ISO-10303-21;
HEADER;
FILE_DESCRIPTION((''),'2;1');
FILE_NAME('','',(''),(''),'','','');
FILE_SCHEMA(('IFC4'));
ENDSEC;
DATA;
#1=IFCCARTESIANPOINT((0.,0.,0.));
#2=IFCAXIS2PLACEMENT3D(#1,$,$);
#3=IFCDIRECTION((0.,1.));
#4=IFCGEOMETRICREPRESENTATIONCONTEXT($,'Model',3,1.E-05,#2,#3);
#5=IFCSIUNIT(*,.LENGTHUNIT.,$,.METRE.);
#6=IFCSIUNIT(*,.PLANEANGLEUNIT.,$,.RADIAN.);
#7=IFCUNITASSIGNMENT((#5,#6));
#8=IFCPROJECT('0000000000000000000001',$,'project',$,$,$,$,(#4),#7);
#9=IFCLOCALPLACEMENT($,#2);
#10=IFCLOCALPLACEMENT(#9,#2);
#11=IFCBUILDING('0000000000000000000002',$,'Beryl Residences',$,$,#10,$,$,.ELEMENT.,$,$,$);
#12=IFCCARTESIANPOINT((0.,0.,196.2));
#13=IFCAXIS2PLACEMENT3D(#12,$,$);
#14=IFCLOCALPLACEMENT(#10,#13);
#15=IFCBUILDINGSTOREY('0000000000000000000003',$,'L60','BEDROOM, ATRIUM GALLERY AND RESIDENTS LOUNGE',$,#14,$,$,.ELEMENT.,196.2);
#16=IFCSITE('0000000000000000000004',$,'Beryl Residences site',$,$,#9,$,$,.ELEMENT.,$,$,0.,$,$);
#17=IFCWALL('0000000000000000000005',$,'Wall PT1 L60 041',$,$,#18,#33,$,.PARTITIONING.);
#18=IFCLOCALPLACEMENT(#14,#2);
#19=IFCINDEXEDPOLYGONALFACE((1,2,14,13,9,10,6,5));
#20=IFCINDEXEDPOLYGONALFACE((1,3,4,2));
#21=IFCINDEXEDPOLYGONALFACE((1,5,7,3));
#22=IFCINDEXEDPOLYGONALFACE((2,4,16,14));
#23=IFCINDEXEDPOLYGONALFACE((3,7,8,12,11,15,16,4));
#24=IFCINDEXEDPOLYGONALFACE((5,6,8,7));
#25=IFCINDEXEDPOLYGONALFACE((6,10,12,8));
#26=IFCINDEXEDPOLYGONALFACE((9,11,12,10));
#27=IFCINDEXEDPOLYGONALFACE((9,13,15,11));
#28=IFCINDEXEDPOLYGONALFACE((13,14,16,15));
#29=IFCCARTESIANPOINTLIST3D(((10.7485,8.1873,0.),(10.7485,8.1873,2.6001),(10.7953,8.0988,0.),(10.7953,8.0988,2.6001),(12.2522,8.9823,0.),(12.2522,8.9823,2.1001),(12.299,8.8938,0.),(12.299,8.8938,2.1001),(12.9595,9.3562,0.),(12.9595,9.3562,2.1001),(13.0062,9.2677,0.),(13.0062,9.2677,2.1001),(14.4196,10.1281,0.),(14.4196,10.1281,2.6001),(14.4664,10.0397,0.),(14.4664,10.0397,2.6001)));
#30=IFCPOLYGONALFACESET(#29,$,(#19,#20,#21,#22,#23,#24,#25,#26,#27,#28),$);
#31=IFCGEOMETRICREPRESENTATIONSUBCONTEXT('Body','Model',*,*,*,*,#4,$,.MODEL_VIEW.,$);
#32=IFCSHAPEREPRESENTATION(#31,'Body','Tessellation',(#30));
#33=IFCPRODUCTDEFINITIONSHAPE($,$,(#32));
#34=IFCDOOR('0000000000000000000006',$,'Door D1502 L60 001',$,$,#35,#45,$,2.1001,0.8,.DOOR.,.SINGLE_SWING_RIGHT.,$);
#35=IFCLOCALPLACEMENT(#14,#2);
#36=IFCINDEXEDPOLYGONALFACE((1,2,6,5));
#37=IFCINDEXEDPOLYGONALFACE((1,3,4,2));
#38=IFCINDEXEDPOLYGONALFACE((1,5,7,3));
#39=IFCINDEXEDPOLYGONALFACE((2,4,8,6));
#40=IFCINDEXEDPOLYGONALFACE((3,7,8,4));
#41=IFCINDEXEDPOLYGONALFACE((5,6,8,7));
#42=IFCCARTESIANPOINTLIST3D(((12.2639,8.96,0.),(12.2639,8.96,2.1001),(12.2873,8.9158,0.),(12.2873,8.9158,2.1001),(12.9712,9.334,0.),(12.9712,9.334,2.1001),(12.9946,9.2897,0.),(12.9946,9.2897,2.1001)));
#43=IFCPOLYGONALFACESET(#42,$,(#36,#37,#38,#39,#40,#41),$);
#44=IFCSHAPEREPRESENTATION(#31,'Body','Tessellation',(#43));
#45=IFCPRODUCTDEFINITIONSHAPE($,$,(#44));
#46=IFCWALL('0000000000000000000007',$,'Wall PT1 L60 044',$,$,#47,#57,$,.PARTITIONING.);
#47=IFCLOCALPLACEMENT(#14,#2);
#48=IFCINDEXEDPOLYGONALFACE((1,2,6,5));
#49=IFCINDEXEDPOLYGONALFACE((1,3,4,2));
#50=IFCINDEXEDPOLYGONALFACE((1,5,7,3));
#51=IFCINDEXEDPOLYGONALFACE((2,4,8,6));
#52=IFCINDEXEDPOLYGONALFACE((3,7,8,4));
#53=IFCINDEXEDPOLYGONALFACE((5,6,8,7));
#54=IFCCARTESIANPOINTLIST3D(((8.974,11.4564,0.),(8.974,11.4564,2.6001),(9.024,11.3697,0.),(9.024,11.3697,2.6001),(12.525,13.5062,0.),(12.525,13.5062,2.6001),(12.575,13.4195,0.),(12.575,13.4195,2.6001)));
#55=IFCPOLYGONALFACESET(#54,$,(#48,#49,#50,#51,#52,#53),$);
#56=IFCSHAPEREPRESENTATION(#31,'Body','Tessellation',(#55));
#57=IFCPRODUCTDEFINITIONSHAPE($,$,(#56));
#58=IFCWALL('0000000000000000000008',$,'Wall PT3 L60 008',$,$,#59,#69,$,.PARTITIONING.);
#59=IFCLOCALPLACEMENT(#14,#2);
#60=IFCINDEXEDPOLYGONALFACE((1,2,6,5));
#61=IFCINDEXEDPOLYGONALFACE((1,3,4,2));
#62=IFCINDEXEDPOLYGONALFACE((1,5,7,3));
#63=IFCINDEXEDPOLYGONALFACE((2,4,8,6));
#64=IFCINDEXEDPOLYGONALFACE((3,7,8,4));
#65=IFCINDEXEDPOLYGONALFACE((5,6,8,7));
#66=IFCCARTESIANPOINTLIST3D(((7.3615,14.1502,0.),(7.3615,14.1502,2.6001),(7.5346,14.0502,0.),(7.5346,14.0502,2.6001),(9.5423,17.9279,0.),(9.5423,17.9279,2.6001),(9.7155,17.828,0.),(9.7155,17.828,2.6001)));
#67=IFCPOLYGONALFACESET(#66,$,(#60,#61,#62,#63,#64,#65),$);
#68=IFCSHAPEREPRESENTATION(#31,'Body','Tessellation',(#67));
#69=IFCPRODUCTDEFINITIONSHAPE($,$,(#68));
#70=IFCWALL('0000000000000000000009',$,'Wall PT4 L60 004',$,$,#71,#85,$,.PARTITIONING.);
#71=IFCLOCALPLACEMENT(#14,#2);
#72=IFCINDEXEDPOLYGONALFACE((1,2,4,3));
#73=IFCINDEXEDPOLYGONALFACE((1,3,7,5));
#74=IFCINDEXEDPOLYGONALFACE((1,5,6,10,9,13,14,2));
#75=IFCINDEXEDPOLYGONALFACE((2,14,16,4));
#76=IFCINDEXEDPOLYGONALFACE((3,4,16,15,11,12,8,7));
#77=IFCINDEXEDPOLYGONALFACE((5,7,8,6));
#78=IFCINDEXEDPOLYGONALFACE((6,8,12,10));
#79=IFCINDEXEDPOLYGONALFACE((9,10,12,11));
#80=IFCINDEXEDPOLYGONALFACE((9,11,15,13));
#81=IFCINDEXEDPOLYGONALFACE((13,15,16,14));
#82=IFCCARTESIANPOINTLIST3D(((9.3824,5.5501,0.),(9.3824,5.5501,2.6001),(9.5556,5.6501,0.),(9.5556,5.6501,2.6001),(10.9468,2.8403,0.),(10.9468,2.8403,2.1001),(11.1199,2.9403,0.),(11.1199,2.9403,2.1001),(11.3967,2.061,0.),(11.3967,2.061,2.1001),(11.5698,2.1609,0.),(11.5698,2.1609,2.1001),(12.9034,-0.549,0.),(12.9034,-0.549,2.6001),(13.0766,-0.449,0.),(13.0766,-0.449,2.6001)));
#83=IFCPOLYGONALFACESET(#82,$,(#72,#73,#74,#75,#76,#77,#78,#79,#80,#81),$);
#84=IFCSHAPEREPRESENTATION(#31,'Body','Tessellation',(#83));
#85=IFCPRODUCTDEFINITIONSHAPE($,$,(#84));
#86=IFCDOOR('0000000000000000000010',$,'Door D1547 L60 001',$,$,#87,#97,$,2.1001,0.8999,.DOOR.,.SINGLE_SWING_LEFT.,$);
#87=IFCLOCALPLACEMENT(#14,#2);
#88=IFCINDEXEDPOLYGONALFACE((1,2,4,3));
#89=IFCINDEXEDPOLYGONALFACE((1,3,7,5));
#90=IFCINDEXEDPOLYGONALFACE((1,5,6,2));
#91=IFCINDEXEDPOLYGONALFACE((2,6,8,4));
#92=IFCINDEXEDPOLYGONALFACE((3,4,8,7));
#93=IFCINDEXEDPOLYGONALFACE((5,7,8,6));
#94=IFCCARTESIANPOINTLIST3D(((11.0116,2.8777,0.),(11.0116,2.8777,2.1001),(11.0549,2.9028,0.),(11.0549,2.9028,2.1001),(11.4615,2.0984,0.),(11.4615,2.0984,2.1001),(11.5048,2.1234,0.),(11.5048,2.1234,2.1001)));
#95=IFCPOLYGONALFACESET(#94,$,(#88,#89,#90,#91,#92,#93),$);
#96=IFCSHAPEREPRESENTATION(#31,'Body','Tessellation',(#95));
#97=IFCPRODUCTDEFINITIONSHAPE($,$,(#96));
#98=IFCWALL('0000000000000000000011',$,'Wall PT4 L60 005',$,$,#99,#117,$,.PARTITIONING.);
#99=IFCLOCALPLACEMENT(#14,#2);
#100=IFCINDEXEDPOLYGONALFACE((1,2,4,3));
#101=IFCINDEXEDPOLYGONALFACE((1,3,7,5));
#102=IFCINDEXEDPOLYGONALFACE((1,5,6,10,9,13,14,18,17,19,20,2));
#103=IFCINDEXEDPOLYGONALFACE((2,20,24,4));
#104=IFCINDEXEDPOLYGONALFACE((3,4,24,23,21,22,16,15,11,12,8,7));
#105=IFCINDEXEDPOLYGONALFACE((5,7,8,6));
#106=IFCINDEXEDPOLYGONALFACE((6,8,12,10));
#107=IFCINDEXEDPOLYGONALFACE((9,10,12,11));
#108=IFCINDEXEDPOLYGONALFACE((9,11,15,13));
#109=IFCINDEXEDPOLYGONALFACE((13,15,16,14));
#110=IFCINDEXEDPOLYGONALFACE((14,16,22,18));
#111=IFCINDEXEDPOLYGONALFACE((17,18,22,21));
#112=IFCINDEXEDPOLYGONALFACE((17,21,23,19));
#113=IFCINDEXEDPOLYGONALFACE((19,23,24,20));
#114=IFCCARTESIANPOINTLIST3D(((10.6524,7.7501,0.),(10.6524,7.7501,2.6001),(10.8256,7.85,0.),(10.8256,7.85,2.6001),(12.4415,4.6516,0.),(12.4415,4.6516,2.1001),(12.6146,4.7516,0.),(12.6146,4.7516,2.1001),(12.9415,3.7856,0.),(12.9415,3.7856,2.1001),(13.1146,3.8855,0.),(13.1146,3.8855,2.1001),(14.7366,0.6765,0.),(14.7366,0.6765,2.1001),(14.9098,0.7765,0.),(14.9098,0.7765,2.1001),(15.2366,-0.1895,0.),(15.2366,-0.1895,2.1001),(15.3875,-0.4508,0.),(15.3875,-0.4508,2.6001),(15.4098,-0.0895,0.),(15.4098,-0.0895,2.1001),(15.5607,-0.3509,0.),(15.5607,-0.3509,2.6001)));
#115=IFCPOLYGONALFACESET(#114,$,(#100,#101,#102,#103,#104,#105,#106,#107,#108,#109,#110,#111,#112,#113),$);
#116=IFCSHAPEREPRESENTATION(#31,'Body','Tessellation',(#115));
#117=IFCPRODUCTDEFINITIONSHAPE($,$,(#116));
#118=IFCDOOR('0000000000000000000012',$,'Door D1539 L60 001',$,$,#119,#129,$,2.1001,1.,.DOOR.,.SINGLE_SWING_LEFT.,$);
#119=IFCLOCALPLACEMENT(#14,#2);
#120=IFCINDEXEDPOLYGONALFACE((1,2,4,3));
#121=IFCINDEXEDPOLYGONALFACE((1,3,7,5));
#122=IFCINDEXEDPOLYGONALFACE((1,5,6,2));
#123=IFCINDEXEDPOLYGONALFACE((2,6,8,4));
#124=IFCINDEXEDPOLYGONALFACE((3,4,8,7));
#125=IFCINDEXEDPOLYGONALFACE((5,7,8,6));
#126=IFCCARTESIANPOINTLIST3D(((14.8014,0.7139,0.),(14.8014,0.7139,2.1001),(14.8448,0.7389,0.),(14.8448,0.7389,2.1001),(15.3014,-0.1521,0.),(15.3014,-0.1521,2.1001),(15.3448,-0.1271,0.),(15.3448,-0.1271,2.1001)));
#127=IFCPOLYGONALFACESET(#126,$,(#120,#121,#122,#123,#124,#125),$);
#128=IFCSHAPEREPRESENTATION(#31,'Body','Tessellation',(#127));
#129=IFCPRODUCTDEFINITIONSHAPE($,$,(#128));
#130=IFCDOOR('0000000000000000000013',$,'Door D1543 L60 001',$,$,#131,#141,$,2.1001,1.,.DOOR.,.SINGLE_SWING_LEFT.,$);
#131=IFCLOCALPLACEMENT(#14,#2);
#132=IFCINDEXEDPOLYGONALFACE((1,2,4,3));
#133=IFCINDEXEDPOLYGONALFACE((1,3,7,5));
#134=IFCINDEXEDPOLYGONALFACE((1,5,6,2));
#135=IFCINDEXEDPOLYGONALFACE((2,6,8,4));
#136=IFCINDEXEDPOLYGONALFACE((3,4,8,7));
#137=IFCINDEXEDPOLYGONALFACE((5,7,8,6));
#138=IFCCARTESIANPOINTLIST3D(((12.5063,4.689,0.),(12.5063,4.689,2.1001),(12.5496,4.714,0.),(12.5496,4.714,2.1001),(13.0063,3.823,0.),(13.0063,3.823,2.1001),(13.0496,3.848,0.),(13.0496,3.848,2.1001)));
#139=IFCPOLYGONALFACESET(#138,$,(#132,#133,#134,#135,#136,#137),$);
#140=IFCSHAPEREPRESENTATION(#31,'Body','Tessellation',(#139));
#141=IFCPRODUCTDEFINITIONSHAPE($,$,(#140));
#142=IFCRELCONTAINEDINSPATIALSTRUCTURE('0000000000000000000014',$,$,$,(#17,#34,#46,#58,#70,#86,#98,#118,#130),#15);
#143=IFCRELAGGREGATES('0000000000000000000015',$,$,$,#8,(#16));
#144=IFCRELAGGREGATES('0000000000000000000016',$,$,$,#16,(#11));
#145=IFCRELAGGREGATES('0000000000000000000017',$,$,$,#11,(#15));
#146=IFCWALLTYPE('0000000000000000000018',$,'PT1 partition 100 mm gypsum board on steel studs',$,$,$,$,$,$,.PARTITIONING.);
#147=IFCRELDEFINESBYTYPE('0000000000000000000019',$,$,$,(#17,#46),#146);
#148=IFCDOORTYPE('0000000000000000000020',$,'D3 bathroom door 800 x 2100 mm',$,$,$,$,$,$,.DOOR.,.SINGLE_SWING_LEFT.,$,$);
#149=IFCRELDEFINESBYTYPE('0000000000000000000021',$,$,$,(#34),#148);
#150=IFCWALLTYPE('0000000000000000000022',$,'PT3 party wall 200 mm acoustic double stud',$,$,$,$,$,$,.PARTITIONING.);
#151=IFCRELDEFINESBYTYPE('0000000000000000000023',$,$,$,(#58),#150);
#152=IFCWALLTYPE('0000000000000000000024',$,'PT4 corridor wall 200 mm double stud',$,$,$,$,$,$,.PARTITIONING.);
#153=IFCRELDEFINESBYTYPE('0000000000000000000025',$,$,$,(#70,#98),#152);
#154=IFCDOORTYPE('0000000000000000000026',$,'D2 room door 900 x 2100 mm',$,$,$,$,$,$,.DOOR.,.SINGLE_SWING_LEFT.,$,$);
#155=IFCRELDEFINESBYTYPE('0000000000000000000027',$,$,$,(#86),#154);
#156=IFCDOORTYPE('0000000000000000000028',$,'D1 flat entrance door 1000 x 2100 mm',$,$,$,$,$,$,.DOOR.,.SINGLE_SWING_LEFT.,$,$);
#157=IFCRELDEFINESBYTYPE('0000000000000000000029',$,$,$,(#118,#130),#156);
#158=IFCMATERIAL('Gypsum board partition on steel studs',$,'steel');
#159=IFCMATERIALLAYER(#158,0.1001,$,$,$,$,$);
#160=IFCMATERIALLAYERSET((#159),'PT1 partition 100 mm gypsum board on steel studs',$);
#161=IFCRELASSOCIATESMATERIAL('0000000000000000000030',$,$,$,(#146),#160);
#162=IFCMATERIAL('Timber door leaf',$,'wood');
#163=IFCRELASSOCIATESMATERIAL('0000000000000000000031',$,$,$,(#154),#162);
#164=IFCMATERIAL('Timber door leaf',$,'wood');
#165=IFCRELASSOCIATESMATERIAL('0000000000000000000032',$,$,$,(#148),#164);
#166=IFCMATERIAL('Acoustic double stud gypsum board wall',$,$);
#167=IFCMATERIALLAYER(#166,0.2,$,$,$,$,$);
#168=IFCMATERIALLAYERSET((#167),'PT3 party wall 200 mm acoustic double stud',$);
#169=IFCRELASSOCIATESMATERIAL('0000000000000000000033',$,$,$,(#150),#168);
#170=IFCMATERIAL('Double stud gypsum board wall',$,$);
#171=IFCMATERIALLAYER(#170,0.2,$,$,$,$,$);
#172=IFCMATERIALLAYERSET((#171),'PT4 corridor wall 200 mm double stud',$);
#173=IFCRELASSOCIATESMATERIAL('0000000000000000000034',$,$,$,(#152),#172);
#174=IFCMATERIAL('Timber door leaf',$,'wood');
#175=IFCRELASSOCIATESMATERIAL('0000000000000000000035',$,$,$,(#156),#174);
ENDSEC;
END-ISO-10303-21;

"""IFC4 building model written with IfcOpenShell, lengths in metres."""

from ifc_helpers import new_model, si_unit, direction, frame, frame_2d, origin, place, context, subcontext, project, spatial, rectangle, extrude, material, layer, layer_set, type_object, element, fill, save


model = new_model("IFC4")

# Units and contexts
model_context = context("Model", 3, precision=1e-05, world=origin(), true_north=direction((0.0, 1.0)))
body_context = subcontext(model_context, "Body", "Model", "MODEL_VIEW")
ifc_project = project(units=[si_unit("LENGTHUNIT", "METRE"), si_unit("PLANEANGLEUNIT", "RADIAN")], contexts=[model_context])

# Site, building, storey
site_placement = place(None, origin())
site = spatial("IfcSite", under=ifc_project, at=site_placement, Name="Beryl Residences site", CompositionType="ELEMENT", RefElevation=0.0)
building_placement = place(site_placement, origin())
building = spatial("IfcBuilding", under=site, at=building_placement, Name="Beryl Residences", CompositionType="ELEMENT")
storey_placement = place(building_placement, frame((0.0, 0.0, 196.2)))
storey = spatial("IfcBuildingStorey", under=building, at=storey_placement, Name="L60", Description="BEDROOM, ATRIUM GALLERY AND RESIDENTS LOUNGE", CompositionType="ELEMENT", Elevation=196.2)

# Wall, opening, door
ifc_material_1 = material(Name="Gypsum board partition on steel studs", Category="steel")
ifc_layer_1 = layer(ifc_material_1, 0.1001)
ifc_layer_set_1 = layer_set([ifc_layer_1], Name="PT1 partition 100 mm gypsum board on steel studs")
wall_type_1 = type_object("IfcWallType", Name="PT1 partition 100 mm gypsum board on steel studs", PredefinedType="PARTITIONING", material=ifc_layer_set_1)
ifc_material_2 = material(Name="Timber door leaf", Category="wood")
door_type_1 = type_object("IfcDoorType", Name="D2 room door 900 x 2100 mm", OperationType="SINGLE_SWING_LEFT", PredefinedType="DOOR", material=ifc_material_2)
wall_1_placement = place(storey_placement, frame((10.772, 8.1431, 0.0), z_axis=(0.0, 0.0, 1.0), x_axis=(0.884049, 0.467393, 0.0)))
wall_1 = element("IfcWall", 1, at=wall_1_placement, inside=storey, type_object=wall_type_1, Name="Wall PT1 L60 041", PredefinedType="PARTITIONING", context=body_context, shape_type="SweptSolid", body=[
    extrude(rectangle(XDim=4.1526, YDim=0.1001, at=frame_2d((2.0762, 0.0))), origin(), (0.0, 0.0, 1.0), 2.6001),
])
opening_1_placement = place(wall_1_placement, frame((1.7009, 0.0, 0.0)))
opening_1 = element("IfcOpeningElement", 2, at=opening_1_placement, cuts=wall_1, PredefinedType="OPENING", context=body_context, shape_type="SweptSolid", body=[
    extrude(rectangle(XDim=0.8, YDim=2.1001, at=frame_2d((0.3999, 1.05))), frame((0.0, 0.0601, 0.0), z_axis=(0.0, -1.0, 0.0), x_axis=(1.0, 0.0, 0.0)), (0.0, 0.0, 1.0), 0.1201),
])
ifc_material_3 = material(Name="Timber door leaf", Category="wood")
door_type_2 = type_object("IfcDoorType", Name="D3 bathroom door 800 x 2100 mm", OperationType="SINGLE_SWING_LEFT", PredefinedType="DOOR", material=ifc_material_3)
door_1_placement = place(opening_1_placement, origin())
door_1 = element("IfcDoor", 3, at=door_1_placement, inside=storey, type_object=door_type_2, Name="Door D1502 L60 001", OperationType="SINGLE_SWING_RIGHT", OverallHeight=2.1001, OverallWidth=0.8, PredefinedType="DOOR", context=body_context, shape_type="SweptSolid", body=[
    extrude(rectangle(XDim=0.8, YDim=2.1001, at=frame_2d((0.3999, 1.05))), frame((0.0, 0.0249, 0.0), z_axis=(0.0, -1.0, 0.0), x_axis=(1.0, 0.0, 0.0)), (0.0, 0.0, 1.0), 0.05),
])
fill(opening_1, door_1)

# Walls
wall_2_placement = place(storey_placement, frame((8.999, 11.4131, 0.0), z_axis=(0.0, 0.0, 1.0), x_axis=(0.866066, 0.49993, 0.0)))
element("IfcWall", 4, at=wall_2_placement, inside=storey, type_object=wall_type_1, Name="Wall PT1 L60 044", PredefinedType="PARTITIONING", context=body_context, shape_type="SweptSolid", body=[
    extrude(rectangle(XDim=4.1001, YDim=0.1001, at=frame_2d((2.05, 0.0))), origin(), (0.0, 0.0, 1.0), 2.6001),
])
ifc_material_4 = material(Name="Acoustic double stud gypsum board wall")
ifc_layer_2 = layer(ifc_material_4, 0.2)
ifc_layer_set_2 = layer_set([ifc_layer_2], Name="PT3 party wall 200 mm acoustic double stud")
wall_type_2 = type_object("IfcWallType", Name="PT3 party wall 200 mm acoustic double stud", PredefinedType="PARTITIONING", material=ifc_layer_set_2)
wall_3_placement = place(storey_placement, frame((7.448, 14.1001, 0.0), z_axis=(0.0, 0.0, 1.0), x_axis=(0.499961, 0.866048, 0.0)))
element("IfcWall", 5, at=wall_3_placement, inside=storey, type_object=wall_type_2, Name="Wall PT3 L60 008", PredefinedType="PARTITIONING", context=body_context, shape_type="SweptSolid", body=[
    extrude(rectangle(XDim=4.3621, YDim=0.2, at=frame_2d((2.1812, 0.0))), origin(), (0.0, 0.0, 1.0), 2.6001),
])

# Wall, opening, door
ifc_material_5 = material(Name="Double stud gypsum board wall")
ifc_layer_3 = layer(ifc_material_5, 0.2)
ifc_layer_set_3 = layer_set([ifc_layer_3], Name="PT4 corridor wall 200 mm double stud")
wall_type_3 = type_object("IfcWallType", Name="PT4 corridor wall 200 mm double stud", PredefinedType="PARTITIONING", material=ifc_layer_set_3)
wall_4_placement = place(storey_placement, frame((9.469, 5.6001, 0.0), z_axis=(0.0, 0.0, 1.0), x_axis=(0.499965, -0.866046, 0.0)))
wall_4 = element("IfcWall", 6, at=wall_4_placement, inside=storey, type_object=wall_type_3, Name="Wall PT4 L60 004", PredefinedType="PARTITIONING", context=body_context, shape_type="SweptSolid", body=[
    extrude(rectangle(XDim=7.0425, YDim=0.2, at=frame_2d((3.5212, 0.0))), origin(), (0.0, 0.0, 1.0), 2.6001),
])
opening_2_placement = place(wall_4_placement, frame((3.1289, 0.0, 0.0)))
opening_2 = element("IfcOpeningElement", 7, at=opening_2_placement, cuts=wall_4, PredefinedType="OPENING", context=body_context, shape_type="SweptSolid", body=[
    extrude(rectangle(XDim=0.8999, YDim=2.1001, at=frame_2d((0.45, 1.05))), frame((0.0, 0.1099, 0.0), z_axis=(0.0, -1.0, 0.0), x_axis=(1.0, 0.0, 0.0)), (0.0, 0.0, 1.0), 0.22),
])
door_2_placement = place(opening_2_placement, origin())
door_2 = element("IfcDoor", 8, at=door_2_placement, inside=storey, type_object=door_type_1, Name="Door D1547 L60 001", OperationType="SINGLE_SWING_LEFT", OverallHeight=2.1001, OverallWidth=0.8999, PredefinedType="DOOR", context=body_context, shape_type="SweptSolid", body=[
    extrude(rectangle(XDim=0.8999, YDim=2.1001, at=frame_2d((0.45, 1.05))), frame((0.0, 0.0249, 0.0), z_axis=(0.0, -1.0, 0.0), x_axis=(1.0, 0.0, 0.0)), (0.0, 0.0, 1.0), 0.05),
])
fill(opening_2, door_2)

# Wall, openings, doors
wall_5_placement = place(storey_placement, frame((10.739, 7.8, 0.0), z_axis=(0.0, 0.0, 1.0), x_axis=(0.500024, -0.866012, 0.0)))
wall_5 = element("IfcWall", 9, at=wall_5_placement, inside=storey, type_object=wall_type_3, Name="Wall PT4 L60 005", PredefinedType="PARTITIONING", context=body_context, shape_type="SweptSolid", body=[
    extrude(rectangle(XDim=9.4697, YDim=0.2, at=frame_2d((4.7349, 0.0))), origin(), (0.0, 0.0, 1.0), 2.6001),
])
opening_3_placement = place(wall_5_placement, frame((8.168, 0.0, 0.0)))
opening_3 = element("IfcOpeningElement", 10, at=opening_3_placement, cuts=wall_5, PredefinedType="OPENING", context=body_context, shape_type="SweptSolid", body=[
    extrude(rectangle(XDim=1.0, YDim=2.1001, at=frame_2d((0.5, 1.05))), frame((0.0, 0.1099, 0.0), z_axis=(0.0, -1.0, 0.0), x_axis=(1.0, 0.0, 0.0)), (0.0, 0.0, 1.0), 0.22),
])
opening_4_placement = place(wall_5_placement, frame((3.5779, 0.0, 0.0)))
opening_4 = element("IfcOpeningElement", 11, at=opening_4_placement, cuts=wall_5, PredefinedType="OPENING", context=body_context, shape_type="SweptSolid", body=[
    extrude(rectangle(XDim=1.0, YDim=2.1001, at=frame_2d((0.5, 1.05))), frame((0.0, 0.1099, 0.0), z_axis=(0.0, -1.0, 0.0), x_axis=(1.0, 0.0, 0.0)), (0.0, 0.0, 1.0), 0.22),
])
ifc_material_6 = material(Name="Timber door leaf", Category="wood")
door_type_3 = type_object("IfcDoorType", Name="D1 flat entrance door 1000 x 2100 mm", OperationType="SINGLE_SWING_LEFT", PredefinedType="DOOR", material=ifc_material_6)
door_3_placement = place(opening_3_placement, origin())
door_3 = element("IfcDoor", 12, at=door_3_placement, inside=storey, type_object=door_type_3, Name="Door D1539 L60 001", OperationType="SINGLE_SWING_LEFT", OverallHeight=2.1001, OverallWidth=1.0, PredefinedType="DOOR", context=body_context, shape_type="SweptSolid", body=[
    extrude(rectangle(XDim=1.0, YDim=2.1001, at=frame_2d((0.5, 1.05))), frame((0.0, 0.0249, 0.0), z_axis=(0.0, -1.0, 0.0), x_axis=(1.0, 0.0, 0.0)), (0.0, 0.0, 1.0), 0.05),
])
fill(opening_3, door_3)
door_4_placement = place(opening_4_placement, origin())
door_4 = element("IfcDoor", 13, at=door_4_placement, inside=storey, type_object=door_type_3, Name="Door D1543 L60 001", OperationType="SINGLE_SWING_LEFT", OverallHeight=2.1001, OverallWidth=1.0, PredefinedType="DOOR", context=body_context, shape_type="SweptSolid", body=[
    extrude(rectangle(XDim=1.0, YDim=2.1001, at=frame_2d((0.5, 1.05))), frame((0.0, 0.0249, 0.0), z_axis=(0.0, -1.0, 0.0), x_axis=(1.0, 0.0, 0.0)), (0.0, 0.0, 1.0), 0.05),
])
fill(opening_4, door_4)

save(model, "model.ifc")
